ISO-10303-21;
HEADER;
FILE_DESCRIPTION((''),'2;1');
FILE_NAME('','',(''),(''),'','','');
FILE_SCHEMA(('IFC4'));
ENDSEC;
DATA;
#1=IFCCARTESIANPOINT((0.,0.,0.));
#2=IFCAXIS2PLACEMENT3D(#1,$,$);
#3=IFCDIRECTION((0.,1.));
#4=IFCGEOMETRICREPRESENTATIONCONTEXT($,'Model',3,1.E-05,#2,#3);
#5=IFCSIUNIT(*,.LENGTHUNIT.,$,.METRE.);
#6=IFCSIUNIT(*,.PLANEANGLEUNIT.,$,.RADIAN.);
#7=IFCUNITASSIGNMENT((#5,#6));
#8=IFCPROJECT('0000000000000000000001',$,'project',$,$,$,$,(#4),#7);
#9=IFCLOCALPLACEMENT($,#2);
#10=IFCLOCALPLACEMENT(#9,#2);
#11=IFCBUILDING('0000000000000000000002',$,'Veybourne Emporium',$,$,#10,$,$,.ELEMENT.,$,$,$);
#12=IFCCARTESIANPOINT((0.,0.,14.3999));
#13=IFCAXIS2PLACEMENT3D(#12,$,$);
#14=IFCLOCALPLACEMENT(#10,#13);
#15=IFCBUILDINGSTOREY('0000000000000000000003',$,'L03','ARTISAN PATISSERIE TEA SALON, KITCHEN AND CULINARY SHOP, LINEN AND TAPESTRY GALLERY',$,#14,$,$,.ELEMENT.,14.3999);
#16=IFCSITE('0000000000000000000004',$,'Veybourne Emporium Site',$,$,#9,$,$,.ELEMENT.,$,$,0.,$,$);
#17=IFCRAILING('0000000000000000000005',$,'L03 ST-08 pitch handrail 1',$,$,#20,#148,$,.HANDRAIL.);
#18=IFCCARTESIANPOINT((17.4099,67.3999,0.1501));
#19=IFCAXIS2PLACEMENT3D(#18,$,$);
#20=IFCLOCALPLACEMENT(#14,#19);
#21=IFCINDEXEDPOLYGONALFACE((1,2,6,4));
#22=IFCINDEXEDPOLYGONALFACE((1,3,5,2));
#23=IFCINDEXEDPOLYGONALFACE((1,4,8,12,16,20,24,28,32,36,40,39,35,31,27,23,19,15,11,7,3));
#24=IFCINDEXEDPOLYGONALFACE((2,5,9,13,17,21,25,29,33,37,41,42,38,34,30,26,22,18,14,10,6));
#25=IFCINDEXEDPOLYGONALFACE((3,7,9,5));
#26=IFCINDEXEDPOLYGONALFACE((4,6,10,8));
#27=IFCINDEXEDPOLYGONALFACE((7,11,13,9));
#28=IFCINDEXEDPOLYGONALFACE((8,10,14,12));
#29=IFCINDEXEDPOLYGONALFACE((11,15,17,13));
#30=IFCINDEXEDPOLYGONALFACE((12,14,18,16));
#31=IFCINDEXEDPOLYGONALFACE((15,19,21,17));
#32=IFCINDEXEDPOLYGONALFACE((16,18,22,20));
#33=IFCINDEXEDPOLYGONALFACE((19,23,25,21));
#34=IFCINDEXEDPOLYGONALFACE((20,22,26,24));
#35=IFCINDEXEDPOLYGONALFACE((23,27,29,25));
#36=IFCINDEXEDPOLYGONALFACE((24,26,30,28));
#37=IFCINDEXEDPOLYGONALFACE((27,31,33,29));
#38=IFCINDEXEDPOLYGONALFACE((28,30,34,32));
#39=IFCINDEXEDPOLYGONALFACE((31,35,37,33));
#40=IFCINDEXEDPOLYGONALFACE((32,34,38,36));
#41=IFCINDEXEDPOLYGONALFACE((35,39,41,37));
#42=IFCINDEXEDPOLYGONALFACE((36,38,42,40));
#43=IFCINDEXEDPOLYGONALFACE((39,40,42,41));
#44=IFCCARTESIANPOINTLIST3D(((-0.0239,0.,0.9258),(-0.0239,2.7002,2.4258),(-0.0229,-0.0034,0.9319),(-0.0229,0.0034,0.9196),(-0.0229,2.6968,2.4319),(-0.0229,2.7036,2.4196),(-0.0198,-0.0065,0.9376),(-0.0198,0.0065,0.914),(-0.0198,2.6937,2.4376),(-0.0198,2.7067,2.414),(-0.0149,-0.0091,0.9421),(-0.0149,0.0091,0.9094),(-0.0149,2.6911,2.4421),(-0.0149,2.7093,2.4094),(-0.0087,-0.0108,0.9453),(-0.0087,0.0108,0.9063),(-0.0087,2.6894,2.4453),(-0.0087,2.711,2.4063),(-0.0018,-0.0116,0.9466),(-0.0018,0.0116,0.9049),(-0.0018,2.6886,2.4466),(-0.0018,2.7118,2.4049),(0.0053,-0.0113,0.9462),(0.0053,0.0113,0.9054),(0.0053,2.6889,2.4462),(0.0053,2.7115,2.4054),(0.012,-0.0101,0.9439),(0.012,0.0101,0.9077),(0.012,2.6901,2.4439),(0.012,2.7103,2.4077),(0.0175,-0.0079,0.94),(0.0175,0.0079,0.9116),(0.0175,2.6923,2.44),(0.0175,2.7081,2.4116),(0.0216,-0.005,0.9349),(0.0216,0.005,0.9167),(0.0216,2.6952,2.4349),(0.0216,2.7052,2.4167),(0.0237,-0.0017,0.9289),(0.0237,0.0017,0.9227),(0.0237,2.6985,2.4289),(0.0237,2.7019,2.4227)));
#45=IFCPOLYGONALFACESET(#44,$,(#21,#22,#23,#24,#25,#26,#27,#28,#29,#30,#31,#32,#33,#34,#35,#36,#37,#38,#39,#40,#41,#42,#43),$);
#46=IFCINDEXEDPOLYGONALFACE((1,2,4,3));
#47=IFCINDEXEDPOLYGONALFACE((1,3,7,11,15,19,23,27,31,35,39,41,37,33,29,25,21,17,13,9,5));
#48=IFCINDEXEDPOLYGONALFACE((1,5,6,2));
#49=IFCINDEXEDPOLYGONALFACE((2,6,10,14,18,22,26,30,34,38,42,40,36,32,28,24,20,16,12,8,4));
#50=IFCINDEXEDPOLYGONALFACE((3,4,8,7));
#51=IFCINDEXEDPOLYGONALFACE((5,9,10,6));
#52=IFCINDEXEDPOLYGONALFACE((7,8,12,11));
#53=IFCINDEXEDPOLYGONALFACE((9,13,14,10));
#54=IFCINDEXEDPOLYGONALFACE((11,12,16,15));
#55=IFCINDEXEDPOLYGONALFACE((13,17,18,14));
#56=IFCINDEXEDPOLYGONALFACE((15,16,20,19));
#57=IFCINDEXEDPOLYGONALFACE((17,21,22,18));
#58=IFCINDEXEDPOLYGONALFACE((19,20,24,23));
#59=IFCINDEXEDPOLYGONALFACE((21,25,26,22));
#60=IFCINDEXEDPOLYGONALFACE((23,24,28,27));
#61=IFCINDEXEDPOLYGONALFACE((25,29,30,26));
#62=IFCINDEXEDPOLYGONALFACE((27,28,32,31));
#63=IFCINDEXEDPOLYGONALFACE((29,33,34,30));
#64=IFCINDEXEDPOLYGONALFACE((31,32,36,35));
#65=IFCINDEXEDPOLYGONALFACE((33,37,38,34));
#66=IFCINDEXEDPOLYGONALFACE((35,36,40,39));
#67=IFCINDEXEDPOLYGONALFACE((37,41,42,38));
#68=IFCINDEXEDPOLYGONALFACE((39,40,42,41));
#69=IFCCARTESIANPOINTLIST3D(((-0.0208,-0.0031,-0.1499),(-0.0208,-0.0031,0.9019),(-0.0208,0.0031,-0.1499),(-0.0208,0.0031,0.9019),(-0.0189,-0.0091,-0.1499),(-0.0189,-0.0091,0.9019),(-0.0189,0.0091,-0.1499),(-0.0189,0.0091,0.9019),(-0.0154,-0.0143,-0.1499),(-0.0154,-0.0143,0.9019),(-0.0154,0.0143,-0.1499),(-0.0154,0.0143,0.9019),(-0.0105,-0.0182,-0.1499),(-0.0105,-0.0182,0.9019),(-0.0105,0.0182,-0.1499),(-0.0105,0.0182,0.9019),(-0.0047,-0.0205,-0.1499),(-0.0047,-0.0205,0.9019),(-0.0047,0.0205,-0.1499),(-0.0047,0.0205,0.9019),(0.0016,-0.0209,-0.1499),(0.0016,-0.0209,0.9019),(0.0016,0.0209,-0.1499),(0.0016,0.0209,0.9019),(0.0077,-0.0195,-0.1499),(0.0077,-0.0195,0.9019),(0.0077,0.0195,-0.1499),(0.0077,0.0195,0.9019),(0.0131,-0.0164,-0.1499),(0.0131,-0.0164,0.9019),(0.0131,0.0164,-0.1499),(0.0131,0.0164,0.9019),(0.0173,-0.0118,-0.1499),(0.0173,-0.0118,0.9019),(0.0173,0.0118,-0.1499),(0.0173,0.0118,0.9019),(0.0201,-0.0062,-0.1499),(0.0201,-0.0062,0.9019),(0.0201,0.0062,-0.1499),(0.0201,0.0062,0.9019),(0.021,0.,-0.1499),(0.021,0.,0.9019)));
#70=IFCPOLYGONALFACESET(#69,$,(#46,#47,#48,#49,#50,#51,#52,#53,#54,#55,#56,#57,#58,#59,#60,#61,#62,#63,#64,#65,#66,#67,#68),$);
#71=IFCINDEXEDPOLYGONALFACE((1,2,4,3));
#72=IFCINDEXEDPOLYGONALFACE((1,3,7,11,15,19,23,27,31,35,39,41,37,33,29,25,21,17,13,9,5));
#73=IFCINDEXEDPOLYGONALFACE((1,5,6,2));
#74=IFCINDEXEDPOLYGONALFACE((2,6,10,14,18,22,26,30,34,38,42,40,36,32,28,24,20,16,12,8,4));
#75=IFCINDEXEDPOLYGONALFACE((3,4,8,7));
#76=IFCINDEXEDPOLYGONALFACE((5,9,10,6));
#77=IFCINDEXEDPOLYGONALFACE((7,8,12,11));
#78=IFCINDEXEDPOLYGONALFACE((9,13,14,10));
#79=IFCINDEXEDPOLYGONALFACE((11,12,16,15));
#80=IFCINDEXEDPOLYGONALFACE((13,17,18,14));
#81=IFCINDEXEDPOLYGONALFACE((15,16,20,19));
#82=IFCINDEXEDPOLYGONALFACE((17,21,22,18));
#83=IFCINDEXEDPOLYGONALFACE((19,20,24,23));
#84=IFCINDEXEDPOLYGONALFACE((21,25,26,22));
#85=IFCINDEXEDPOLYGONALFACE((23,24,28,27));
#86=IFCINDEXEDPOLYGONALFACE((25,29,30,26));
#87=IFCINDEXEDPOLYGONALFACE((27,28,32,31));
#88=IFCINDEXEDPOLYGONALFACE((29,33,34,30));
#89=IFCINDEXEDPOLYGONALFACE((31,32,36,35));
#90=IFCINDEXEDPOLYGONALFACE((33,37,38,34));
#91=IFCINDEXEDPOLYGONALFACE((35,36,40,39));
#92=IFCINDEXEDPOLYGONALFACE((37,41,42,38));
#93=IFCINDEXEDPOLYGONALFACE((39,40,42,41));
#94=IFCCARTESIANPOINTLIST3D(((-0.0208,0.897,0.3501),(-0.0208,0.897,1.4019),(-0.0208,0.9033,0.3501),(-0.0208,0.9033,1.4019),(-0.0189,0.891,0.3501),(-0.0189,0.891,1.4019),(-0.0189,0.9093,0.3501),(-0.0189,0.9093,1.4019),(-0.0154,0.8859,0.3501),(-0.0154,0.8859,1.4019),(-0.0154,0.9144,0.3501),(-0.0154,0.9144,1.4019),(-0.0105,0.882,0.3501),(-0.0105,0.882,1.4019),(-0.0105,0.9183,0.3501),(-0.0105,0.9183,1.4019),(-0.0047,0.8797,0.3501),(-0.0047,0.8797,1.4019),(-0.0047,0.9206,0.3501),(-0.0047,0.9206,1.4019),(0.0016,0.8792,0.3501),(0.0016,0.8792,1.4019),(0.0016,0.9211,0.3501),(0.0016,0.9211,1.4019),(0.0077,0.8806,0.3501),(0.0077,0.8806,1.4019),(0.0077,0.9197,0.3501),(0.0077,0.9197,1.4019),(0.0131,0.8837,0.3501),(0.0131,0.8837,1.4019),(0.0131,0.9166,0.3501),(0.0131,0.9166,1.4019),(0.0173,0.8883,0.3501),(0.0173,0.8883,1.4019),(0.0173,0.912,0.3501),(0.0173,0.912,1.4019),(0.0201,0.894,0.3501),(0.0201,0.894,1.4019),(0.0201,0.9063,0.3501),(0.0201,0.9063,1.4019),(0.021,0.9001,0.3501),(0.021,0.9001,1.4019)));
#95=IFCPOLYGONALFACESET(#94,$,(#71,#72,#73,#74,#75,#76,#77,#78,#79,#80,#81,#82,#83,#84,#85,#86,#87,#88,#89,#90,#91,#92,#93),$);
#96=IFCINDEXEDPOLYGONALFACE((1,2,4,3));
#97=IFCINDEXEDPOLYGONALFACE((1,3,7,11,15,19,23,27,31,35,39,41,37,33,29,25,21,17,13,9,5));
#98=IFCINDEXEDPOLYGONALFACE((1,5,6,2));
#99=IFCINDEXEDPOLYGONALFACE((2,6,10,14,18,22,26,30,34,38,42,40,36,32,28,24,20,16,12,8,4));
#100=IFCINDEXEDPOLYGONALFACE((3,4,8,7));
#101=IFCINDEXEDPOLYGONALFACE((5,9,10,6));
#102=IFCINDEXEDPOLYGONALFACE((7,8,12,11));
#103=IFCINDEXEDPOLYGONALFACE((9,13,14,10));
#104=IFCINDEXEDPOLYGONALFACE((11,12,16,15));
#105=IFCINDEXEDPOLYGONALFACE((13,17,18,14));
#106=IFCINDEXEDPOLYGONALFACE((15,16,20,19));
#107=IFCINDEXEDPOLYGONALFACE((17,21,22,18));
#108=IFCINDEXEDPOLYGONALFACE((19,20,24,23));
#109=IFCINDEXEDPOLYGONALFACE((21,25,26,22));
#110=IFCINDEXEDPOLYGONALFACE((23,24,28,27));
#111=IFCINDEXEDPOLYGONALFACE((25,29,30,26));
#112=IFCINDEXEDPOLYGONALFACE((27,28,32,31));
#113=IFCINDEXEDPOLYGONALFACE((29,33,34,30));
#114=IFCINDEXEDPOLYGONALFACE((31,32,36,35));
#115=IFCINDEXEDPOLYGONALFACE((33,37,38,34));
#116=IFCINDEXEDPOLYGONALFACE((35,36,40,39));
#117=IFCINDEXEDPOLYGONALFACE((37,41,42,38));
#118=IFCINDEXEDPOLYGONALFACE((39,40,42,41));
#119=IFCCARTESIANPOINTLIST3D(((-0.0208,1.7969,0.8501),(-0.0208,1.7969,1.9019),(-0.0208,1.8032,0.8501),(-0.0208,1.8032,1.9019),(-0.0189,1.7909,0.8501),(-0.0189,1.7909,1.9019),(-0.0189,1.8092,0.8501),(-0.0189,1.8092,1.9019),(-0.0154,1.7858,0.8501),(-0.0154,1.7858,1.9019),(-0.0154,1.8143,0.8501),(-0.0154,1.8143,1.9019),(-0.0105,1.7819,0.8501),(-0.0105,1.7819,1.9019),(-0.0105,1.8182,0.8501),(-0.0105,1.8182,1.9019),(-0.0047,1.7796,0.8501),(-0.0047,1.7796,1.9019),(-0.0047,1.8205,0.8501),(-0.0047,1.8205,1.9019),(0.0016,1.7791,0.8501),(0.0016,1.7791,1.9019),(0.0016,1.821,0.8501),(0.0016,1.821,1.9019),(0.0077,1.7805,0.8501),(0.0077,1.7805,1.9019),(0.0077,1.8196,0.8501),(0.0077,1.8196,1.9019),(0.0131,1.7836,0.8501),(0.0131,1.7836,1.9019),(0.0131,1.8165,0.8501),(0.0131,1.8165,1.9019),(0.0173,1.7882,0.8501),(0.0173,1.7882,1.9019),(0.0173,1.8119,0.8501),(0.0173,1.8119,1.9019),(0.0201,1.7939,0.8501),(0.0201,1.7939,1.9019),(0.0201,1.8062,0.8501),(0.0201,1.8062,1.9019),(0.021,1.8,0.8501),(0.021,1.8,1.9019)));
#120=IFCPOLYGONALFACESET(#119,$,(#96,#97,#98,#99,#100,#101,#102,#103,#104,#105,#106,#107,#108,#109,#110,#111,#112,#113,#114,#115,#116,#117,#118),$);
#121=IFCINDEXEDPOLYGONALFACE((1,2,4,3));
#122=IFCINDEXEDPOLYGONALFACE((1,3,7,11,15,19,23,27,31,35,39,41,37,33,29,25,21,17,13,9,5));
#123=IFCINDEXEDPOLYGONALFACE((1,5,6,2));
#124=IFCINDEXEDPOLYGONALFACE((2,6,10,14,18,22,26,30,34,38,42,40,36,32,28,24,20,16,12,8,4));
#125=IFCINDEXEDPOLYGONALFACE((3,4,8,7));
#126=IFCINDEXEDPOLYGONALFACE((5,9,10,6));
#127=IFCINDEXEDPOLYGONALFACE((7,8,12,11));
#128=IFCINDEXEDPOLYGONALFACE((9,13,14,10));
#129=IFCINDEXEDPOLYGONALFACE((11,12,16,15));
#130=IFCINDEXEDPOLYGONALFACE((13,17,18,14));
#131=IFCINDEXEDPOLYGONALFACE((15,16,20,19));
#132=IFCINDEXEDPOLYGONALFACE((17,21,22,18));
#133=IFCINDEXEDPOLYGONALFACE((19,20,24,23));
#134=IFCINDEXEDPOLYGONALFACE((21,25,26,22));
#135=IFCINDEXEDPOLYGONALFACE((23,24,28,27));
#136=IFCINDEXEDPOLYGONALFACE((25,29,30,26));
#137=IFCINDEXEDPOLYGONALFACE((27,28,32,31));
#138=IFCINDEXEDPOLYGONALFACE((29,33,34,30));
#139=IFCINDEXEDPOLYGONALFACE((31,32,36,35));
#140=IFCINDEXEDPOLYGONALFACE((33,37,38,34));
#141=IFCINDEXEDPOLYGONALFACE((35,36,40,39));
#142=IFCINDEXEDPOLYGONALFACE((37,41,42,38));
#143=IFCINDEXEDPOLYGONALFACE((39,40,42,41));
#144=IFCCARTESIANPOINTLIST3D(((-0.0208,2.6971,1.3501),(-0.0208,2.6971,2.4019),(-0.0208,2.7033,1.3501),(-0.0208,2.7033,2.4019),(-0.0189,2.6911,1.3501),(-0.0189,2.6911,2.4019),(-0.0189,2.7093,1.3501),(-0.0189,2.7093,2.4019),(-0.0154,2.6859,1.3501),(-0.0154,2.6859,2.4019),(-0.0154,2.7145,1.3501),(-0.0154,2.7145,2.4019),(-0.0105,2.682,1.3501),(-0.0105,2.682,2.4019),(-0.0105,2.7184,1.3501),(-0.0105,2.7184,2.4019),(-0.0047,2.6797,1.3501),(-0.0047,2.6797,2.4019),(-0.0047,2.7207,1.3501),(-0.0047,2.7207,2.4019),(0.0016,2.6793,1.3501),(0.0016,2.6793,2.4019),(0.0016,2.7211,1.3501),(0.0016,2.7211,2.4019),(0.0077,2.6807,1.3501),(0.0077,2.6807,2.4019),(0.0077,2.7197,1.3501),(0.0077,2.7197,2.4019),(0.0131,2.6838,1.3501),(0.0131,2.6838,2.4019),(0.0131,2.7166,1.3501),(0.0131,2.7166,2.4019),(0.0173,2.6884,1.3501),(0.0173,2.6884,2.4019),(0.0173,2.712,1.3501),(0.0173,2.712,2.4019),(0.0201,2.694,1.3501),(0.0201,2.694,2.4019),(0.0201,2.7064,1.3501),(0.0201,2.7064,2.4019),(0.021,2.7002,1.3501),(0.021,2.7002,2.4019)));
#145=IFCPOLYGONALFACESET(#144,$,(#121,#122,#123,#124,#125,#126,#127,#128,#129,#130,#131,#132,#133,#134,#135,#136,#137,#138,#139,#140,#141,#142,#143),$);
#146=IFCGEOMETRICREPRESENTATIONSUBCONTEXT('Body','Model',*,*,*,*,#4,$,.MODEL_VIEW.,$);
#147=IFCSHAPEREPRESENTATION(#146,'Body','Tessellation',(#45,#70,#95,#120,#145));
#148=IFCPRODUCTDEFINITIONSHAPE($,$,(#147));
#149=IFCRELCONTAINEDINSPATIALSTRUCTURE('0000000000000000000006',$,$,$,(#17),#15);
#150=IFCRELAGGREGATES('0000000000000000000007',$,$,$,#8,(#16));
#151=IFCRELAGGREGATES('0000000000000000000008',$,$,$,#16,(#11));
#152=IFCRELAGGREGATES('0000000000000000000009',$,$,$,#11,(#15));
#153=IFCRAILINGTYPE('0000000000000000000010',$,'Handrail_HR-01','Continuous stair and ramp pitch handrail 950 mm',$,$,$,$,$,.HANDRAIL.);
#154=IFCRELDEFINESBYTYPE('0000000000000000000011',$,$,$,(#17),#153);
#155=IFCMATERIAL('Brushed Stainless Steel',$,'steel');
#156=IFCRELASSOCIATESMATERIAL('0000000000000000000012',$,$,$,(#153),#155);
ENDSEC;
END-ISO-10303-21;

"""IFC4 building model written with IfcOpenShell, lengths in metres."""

from ifc_helpers import new_model, si_unit, direction, frame, origin, origin_2d, place, context, subcontext, project, spatial, circle, extrude, material, type_object, element, save


model = new_model("IFC4")

# Units and contexts
model_context = context("Model", 3, precision=1e-05, world=origin(), true_north=direction((0.0, 1.0)))
body_context = subcontext(model_context, "Body", "Model", "MODEL_VIEW")
ifc_project = project(units=[si_unit("LENGTHUNIT", "METRE"), si_unit("PLANEANGLEUNIT", "RADIAN")], contexts=[model_context])

# Site, building, storey
site_placement = place(None, origin())
site = spatial("IfcSite", under=ifc_project, at=site_placement, Name="Veybourne Emporium Site", CompositionType="ELEMENT", RefElevation=0.0)
building_placement = place(site_placement, origin())
building = spatial("IfcBuilding", under=site, at=building_placement, Name="Veybourne Emporium", CompositionType="ELEMENT")
storey_placement = place(building_placement, frame((0.0, 0.0, 14.3999)))
storey = spatial("IfcBuildingStorey", under=building, at=storey_placement, Name="L03", Description="ARTISAN PATISSERIE TEA SALON, KITCHEN AND CULINARY SHOP, LINEN AND TAPESTRY GALLERY", CompositionType="ELEMENT", Elevation=14.3999)

# Railing
ifc_material_1 = material(Name="Brushed Stainless Steel", Category="steel")
railing_type_1 = type_object("IfcRailingType", Name="Handrail_HR-01", Description="Continuous stair and ramp pitch handrail 950 mm", PredefinedType="HANDRAIL", material=ifc_material_1)
railing_1_placement = place(storey_placement, frame((17.4099, 67.3999, 0.1501)))
element("IfcRailing", 1, at=railing_1_placement, inside=storey, type_object=railing_type_1, Name="L03 ST-08 pitch handrail 1", PredefinedType="HANDRAIL", context=body_context, shape_type="SweptSolid", body=[
    extrude(circle(Radius=0.0239, at=origin_2d()), frame((0.0, 0.0, 0.9258), z_axis=(0.0, 0.874172, 0.485616), x_axis=(-1.0, 0.0, 0.0)), (0.0, 0.0, 1.0), 3.0889),
    extrude(circle(Radius=0.021, at=origin_2d()), frame((0.0, 0.0, -0.1499)), (0.0, 0.0, 1.0), 1.0518),
    extrude(circle(Radius=0.021, at=origin_2d()), frame((0.0, 0.9001, 0.3501)), (0.0, 0.0, 1.0), 1.0518),
    extrude(circle(Radius=0.021, at=origin_2d()), frame((0.0, 1.8, 0.8501)), (0.0, 0.0, 1.0), 1.0518),
    extrude(circle(Radius=0.021, at=origin_2d()), frame((0.0, 2.7002, 1.3501)), (0.0, 0.0, 1.0), 1.0518),
])

save(model, "model.ifc")
